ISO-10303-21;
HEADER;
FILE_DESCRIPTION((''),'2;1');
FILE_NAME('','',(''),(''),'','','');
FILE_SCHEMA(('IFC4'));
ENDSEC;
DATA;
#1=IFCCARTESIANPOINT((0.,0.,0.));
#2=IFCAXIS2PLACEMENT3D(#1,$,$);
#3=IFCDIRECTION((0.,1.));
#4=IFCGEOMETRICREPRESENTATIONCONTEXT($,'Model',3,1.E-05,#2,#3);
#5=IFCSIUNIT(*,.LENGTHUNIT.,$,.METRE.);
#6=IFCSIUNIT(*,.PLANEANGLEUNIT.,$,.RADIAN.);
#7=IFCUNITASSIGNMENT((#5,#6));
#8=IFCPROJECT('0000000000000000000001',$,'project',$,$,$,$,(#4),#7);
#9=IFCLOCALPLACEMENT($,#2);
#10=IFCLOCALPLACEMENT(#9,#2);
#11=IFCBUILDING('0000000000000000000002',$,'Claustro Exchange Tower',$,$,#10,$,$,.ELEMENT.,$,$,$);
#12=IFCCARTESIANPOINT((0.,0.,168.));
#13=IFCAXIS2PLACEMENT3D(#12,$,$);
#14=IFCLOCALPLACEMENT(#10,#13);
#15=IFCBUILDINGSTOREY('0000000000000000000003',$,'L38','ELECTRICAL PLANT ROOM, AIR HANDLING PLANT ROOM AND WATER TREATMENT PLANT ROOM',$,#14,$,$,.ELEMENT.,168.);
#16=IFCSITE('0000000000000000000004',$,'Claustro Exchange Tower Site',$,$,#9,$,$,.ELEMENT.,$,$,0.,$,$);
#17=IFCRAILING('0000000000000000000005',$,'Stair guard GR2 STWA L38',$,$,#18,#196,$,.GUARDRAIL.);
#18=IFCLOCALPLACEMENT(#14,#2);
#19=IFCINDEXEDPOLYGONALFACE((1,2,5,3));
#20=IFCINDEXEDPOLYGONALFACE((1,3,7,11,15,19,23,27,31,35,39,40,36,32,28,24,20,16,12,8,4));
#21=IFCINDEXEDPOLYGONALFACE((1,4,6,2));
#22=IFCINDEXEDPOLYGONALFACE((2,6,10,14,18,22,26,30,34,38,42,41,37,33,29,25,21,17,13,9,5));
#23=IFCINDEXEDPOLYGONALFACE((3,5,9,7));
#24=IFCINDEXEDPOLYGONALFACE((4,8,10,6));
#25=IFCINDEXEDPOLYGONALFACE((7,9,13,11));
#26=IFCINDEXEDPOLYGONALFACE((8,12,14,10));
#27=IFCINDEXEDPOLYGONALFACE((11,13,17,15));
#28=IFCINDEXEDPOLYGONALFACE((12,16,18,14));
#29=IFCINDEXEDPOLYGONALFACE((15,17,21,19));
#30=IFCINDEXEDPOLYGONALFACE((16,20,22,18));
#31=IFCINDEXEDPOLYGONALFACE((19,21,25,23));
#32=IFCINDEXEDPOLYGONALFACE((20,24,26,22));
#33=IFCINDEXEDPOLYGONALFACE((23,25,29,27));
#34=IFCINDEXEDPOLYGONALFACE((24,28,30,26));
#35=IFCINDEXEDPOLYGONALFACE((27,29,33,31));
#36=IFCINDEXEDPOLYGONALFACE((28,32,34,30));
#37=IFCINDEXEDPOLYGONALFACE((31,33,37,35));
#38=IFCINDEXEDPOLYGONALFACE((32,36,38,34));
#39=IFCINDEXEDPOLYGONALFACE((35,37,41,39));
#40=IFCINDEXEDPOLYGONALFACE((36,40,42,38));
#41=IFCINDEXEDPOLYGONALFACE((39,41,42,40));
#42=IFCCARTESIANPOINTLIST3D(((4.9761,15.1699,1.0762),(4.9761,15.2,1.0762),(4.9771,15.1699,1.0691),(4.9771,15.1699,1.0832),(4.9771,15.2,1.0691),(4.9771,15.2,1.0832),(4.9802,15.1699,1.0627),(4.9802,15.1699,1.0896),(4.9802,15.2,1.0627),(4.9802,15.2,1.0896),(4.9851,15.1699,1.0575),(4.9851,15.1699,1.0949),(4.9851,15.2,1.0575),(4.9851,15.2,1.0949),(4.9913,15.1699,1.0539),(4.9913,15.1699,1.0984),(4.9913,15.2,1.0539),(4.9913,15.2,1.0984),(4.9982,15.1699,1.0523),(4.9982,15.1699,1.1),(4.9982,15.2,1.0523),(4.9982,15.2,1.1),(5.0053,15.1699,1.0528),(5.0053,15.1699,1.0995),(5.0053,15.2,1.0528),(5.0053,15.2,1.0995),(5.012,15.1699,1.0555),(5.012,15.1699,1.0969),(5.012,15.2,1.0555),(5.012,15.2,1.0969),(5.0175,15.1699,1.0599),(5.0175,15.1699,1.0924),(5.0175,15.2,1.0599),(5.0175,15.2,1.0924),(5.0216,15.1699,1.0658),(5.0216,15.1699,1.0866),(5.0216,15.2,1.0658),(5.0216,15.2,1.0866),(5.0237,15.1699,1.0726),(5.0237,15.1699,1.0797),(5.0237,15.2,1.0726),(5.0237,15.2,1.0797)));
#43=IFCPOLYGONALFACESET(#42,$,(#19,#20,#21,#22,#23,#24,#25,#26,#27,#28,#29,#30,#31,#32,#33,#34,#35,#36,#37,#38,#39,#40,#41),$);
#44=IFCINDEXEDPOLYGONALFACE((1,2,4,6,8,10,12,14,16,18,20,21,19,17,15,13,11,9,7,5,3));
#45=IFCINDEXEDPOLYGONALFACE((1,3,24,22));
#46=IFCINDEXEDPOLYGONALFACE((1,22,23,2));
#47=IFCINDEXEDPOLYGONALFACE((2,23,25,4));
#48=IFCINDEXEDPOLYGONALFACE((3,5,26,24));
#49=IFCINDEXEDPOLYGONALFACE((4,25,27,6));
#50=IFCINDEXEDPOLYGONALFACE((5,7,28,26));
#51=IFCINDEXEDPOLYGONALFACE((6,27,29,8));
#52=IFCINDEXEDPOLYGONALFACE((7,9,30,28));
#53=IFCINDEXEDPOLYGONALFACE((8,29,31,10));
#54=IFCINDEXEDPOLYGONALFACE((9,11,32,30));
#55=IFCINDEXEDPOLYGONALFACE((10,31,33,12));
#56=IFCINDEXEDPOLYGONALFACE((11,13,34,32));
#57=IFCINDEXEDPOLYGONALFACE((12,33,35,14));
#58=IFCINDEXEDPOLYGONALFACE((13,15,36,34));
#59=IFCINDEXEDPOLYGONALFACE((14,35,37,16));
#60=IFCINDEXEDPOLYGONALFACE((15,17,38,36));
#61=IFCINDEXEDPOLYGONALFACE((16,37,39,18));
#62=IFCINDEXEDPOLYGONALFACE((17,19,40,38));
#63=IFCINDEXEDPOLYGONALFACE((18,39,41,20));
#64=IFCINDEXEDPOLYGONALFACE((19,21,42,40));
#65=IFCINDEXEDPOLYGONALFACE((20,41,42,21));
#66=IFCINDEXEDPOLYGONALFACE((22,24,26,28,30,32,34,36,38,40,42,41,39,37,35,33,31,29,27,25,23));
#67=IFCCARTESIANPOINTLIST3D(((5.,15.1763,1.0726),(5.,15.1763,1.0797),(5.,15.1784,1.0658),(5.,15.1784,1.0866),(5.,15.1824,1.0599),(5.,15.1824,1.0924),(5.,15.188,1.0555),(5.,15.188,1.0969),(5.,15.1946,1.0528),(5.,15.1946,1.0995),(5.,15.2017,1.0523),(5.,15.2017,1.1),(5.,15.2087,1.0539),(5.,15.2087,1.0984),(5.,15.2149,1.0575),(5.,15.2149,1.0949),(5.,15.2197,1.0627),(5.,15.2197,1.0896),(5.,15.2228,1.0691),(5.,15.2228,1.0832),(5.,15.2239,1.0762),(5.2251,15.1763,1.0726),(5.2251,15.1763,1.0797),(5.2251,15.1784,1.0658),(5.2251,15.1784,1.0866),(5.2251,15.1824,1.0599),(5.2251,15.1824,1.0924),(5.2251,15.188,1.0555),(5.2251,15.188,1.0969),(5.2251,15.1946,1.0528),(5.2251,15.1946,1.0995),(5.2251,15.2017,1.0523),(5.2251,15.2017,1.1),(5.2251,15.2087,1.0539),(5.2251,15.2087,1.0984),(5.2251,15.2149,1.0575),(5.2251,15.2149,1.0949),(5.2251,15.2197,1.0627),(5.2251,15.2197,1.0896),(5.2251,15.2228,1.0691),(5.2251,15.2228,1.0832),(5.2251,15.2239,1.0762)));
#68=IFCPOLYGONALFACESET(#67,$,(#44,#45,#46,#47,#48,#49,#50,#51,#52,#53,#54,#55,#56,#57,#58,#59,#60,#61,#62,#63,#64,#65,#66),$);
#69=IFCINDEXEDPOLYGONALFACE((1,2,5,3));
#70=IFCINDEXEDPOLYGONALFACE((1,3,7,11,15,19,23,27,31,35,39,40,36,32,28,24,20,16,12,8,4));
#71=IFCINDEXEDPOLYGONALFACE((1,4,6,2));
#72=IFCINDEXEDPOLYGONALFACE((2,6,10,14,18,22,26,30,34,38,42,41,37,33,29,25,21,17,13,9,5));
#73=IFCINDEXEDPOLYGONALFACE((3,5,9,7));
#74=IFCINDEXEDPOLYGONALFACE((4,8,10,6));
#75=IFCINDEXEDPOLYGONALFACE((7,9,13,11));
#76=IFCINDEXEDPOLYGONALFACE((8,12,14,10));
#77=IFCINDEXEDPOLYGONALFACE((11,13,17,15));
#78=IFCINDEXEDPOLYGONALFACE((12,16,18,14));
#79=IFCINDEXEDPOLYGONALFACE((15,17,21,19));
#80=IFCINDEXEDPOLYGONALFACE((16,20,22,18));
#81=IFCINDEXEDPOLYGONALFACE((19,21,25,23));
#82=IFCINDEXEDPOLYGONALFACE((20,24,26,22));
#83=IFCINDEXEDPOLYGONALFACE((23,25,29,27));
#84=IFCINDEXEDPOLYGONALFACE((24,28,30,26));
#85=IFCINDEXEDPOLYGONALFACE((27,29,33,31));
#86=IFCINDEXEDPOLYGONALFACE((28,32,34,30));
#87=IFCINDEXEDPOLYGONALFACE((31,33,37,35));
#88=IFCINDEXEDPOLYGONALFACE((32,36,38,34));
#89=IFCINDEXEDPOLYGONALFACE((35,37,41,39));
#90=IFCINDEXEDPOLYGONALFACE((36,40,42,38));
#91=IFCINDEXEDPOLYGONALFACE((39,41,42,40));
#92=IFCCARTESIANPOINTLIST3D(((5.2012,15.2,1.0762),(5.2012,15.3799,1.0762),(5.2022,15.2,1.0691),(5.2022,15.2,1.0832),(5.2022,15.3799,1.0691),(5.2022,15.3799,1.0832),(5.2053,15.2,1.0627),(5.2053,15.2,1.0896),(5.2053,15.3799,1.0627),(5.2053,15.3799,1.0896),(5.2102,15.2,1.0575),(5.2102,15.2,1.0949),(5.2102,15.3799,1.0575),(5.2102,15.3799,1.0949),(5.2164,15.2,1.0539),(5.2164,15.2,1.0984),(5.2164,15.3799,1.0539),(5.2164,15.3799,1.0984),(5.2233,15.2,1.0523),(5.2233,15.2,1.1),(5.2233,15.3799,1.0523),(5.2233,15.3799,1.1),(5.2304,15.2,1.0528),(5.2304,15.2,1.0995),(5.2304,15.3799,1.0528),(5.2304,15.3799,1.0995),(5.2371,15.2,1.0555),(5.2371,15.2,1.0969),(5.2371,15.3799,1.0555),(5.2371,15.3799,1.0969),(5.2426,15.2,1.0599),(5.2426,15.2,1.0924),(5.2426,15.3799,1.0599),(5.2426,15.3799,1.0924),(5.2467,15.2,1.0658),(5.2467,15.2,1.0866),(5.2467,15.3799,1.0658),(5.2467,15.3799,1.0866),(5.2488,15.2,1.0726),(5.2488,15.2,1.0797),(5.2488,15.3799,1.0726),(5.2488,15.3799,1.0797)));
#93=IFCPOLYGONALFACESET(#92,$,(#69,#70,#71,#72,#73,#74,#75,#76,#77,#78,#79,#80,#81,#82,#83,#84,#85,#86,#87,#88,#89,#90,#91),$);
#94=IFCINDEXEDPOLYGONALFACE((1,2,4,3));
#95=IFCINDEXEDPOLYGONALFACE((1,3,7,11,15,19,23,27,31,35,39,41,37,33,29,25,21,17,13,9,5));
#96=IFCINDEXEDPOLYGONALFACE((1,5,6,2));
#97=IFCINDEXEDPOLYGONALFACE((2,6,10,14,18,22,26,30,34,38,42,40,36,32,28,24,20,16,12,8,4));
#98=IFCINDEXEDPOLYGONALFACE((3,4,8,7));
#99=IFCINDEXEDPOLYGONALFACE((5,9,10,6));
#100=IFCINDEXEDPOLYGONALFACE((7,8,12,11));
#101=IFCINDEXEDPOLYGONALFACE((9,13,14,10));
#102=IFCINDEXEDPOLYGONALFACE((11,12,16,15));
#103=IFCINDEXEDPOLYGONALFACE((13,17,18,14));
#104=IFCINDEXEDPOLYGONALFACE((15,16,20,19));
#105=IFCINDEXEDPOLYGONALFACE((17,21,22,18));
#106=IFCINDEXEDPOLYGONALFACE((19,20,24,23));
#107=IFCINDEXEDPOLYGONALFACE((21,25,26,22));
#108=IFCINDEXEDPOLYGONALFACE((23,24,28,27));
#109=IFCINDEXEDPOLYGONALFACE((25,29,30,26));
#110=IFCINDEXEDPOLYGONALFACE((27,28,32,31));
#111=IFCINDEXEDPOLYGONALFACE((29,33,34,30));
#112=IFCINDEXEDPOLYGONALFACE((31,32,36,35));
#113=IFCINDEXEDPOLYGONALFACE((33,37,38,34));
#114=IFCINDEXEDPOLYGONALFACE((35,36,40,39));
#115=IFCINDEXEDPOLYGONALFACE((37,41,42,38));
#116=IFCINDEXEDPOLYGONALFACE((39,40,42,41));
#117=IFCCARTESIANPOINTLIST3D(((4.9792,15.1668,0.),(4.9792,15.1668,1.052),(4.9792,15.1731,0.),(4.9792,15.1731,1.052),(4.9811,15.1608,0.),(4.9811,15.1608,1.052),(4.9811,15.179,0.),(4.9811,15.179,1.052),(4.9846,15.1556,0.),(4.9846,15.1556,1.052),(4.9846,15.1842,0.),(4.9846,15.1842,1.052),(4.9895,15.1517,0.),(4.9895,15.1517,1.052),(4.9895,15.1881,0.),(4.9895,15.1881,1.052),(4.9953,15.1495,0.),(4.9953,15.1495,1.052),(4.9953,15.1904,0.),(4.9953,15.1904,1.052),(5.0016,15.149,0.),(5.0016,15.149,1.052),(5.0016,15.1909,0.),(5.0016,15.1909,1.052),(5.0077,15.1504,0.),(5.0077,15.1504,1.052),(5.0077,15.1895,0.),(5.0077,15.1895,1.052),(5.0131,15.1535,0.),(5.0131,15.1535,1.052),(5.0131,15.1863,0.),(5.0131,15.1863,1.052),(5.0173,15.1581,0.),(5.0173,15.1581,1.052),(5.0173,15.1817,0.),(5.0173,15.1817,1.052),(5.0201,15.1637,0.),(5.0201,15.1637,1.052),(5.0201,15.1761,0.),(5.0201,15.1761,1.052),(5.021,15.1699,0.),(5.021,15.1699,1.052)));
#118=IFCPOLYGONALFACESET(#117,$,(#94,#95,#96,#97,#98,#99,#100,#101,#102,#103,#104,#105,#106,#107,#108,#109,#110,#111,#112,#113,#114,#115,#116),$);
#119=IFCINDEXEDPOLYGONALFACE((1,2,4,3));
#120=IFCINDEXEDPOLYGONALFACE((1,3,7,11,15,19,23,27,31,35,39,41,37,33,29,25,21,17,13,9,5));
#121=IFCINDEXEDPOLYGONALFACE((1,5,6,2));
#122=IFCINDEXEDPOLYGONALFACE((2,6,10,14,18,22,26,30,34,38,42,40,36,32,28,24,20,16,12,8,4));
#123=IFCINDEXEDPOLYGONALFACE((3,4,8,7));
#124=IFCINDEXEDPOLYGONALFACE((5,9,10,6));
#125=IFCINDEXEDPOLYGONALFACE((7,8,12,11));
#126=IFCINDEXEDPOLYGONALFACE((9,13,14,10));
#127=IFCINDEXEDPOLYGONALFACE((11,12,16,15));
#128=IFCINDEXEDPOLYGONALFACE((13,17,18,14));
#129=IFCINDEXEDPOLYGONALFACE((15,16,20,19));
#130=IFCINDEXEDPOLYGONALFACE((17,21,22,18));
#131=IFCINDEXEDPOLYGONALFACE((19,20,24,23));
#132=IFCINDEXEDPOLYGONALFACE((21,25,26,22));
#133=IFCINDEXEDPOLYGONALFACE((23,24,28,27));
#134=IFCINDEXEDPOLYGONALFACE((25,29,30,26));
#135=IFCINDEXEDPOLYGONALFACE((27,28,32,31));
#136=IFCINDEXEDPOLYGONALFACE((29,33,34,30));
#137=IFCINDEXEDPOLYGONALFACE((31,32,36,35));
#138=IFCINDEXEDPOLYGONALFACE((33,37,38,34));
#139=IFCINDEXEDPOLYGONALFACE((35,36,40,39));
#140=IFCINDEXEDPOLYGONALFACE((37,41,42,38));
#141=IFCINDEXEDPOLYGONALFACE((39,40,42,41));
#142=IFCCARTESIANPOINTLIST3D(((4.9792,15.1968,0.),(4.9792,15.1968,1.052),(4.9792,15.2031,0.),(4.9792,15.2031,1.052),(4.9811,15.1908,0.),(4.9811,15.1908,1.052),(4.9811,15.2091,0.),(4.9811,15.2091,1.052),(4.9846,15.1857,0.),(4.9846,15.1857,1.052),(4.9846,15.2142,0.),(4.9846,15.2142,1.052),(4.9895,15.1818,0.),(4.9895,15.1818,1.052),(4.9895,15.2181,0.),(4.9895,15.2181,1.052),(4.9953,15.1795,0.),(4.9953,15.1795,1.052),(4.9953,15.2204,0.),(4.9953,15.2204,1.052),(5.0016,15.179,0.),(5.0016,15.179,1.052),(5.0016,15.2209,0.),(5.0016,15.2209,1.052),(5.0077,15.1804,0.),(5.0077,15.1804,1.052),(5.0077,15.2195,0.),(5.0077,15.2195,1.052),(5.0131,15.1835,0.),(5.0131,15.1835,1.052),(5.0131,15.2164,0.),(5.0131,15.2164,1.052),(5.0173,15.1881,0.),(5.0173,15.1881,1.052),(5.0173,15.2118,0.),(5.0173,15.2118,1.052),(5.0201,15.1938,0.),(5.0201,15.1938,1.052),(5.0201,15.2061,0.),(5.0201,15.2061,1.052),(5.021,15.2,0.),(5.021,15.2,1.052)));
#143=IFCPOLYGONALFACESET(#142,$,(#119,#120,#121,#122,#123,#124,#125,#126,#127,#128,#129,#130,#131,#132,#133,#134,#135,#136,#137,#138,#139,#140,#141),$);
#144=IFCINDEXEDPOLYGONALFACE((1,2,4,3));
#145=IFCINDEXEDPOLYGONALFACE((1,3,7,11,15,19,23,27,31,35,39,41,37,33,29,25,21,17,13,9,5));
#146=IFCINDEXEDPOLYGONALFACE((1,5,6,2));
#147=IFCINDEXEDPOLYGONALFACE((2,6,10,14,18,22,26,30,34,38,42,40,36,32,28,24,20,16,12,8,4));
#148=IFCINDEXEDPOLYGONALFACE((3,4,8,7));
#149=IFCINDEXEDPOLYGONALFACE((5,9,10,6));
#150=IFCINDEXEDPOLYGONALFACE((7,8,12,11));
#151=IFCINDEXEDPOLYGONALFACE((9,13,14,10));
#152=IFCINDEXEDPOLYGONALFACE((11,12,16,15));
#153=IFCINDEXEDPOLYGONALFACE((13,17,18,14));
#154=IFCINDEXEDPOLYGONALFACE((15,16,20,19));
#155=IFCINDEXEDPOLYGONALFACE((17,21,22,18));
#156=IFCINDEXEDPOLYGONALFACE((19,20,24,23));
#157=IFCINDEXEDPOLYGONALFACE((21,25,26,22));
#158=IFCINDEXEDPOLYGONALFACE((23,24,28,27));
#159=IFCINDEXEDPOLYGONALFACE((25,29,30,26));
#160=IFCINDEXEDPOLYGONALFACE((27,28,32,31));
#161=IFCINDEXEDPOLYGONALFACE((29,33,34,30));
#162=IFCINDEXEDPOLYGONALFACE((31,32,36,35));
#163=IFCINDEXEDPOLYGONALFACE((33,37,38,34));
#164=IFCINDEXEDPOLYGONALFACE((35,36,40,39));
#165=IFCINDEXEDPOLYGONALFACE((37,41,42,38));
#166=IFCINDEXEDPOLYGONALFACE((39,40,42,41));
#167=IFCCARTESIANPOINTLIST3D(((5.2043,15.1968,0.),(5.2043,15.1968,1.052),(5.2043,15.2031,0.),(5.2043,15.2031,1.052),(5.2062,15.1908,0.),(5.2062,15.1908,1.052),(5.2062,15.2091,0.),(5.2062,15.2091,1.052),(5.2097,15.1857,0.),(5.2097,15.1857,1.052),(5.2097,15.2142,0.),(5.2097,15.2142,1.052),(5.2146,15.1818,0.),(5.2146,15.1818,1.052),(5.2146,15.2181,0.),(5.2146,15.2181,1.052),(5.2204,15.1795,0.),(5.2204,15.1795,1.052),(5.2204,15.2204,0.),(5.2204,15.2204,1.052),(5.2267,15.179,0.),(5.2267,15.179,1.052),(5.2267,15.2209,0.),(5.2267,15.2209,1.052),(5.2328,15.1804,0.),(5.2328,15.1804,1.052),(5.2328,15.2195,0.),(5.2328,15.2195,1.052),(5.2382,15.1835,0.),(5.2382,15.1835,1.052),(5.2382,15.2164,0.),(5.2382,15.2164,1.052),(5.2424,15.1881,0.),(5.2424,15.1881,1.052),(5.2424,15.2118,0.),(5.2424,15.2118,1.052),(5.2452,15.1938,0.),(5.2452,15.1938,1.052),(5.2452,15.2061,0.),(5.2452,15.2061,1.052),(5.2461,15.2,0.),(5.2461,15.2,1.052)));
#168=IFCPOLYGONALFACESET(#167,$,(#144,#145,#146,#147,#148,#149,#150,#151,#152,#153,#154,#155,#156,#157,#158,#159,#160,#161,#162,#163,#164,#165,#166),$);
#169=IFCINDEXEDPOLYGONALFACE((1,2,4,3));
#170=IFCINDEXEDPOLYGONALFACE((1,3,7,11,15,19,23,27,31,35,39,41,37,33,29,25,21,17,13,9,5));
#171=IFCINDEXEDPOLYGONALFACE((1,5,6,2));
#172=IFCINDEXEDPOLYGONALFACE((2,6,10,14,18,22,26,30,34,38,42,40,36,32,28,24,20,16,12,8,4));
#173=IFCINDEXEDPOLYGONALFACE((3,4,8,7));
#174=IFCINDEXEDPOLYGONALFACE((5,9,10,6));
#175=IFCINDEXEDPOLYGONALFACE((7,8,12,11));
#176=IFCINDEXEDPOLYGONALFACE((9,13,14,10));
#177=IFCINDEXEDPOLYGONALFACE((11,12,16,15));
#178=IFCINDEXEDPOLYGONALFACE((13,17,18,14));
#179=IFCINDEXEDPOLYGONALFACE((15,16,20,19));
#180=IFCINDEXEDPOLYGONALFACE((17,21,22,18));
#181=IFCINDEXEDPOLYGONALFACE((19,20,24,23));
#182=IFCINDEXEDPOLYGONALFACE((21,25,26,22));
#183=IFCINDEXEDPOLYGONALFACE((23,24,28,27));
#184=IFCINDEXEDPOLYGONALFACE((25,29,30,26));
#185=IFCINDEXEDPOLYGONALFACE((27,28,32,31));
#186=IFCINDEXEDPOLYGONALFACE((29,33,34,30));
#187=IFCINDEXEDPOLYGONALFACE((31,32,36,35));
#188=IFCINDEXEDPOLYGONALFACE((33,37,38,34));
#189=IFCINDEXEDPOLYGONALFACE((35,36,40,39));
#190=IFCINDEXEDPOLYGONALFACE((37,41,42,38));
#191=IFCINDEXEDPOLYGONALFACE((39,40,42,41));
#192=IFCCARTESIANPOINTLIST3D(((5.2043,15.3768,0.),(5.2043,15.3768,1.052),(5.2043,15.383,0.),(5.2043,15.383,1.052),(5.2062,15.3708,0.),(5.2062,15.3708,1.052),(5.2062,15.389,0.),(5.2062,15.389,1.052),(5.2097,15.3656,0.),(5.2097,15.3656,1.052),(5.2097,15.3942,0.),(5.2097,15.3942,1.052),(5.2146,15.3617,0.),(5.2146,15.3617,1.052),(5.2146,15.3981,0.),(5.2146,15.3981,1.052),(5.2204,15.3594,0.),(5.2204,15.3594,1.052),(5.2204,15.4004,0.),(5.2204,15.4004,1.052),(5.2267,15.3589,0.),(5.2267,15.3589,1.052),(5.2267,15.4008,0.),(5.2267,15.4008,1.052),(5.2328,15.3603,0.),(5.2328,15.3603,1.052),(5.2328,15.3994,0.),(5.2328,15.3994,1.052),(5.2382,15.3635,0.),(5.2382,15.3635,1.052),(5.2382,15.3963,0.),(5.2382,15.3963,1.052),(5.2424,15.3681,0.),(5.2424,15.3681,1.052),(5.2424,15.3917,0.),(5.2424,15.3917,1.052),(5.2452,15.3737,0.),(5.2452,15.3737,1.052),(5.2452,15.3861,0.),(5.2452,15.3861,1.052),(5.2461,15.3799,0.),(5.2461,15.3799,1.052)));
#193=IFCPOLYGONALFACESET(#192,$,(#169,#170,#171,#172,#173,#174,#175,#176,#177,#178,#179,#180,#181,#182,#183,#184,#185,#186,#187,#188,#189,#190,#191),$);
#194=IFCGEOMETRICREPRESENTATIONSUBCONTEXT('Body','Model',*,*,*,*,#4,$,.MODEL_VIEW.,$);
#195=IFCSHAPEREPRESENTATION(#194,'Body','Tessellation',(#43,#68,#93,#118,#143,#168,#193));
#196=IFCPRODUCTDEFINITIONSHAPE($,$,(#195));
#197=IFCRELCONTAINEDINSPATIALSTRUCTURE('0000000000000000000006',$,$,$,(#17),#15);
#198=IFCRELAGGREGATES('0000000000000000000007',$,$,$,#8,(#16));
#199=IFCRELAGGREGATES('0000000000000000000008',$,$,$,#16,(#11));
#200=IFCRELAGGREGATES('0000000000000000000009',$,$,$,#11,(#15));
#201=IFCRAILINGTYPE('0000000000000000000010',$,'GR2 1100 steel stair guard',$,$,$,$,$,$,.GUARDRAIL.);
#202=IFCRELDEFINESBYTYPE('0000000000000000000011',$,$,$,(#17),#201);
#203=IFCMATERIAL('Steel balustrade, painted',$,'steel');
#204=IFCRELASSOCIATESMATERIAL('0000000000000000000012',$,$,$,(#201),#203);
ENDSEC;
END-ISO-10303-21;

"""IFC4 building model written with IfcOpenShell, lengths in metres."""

from ifc_helpers import new_model, si_unit, direction, frame, origin, origin_2d, place, context, subcontext, project, spatial, circle, extrude, material, type_object, element, save


model = new_model("IFC4")

# Units and contexts
model_context = context("Model", 3, precision=1e-05, world=origin(), true_north=direction((0.0, 1.0)))
body_context = subcontext(model_context, "Body", "Model", "MODEL_VIEW")
ifc_project = project(units=[si_unit("LENGTHUNIT", "METRE"), si_unit("PLANEANGLEUNIT", "RADIAN")], contexts=[model_context])

# Site, building, storey
site_placement = place(None, origin())
site = spatial("IfcSite", under=ifc_project, at=site_placement, Name="Claustro Exchange Tower Site", CompositionType="ELEMENT", RefElevation=0.0)
building_placement = place(site_placement, origin())
building = spatial("IfcBuilding", under=site, at=building_placement, Name="Claustro Exchange Tower", CompositionType="ELEMENT")
storey_placement = place(building_placement, frame((0.0, 0.0, 168.0)))
storey = spatial("IfcBuildingStorey", under=building, at=storey_placement, Name="L38", Description="ELECTRICAL PLANT ROOM, AIR HANDLING PLANT ROOM AND WATER TREATMENT PLANT ROOM", CompositionType="ELEMENT", Elevation=168.0)

# Railing
ifc_material_1 = material(Name="Steel balustrade, painted", Category="steel")
railing_type_1 = type_object("IfcRailingType", Name="GR2 1100 steel stair guard", PredefinedType="GUARDRAIL", material=ifc_material_1)
railing_1_placement = place(storey_placement, frame((5.0, 15.1699, 0.0)))
element("IfcRailing", 1, at=railing_1_placement, inside=storey, type_object=railing_type_1, Name="Stair guard GR2 STWA L38", PredefinedType="GUARDRAIL", context=body_context, shape_type="SweptSolid", body=[
    extrude(circle(Radius=0.0239, at=origin_2d()), frame((0.0, 0.0, 1.0762), z_axis=(0.0, 1.0, 0.0), x_axis=(-1.0, 0.0, 0.0)), (0.0, 0.0, 1.0), 0.03),
    extrude(circle(Radius=0.0239, at=origin_2d()), frame((0.0, 0.03, 1.0762), z_axis=(1.0, 0.0, 0.0), x_axis=(0.0, 1.0, 0.0)), (0.0, 0.0, 1.0), 0.2251),
    extrude(circle(Radius=0.0239, at=origin_2d()), frame((0.2251, 0.03, 1.0762), z_axis=(0.0, 1.0, 0.0), x_axis=(-1.0, 0.0, 0.0)), (0.0, 0.0, 1.0), 0.1799),
    extrude(circle(Radius=0.021, at=origin_2d()), origin(), (0.0, 0.0, 1.0), 1.052),
    extrude(circle(Radius=0.021, at=origin_2d()), frame((0.0, 0.03, 0.0)), (0.0, 0.0, 1.0), 1.052),
    extrude(circle(Radius=0.021, at=origin_2d()), frame((0.2251, 0.03, 0.0)), (0.0, 0.0, 1.0), 1.052),
    extrude(circle(Radius=0.021, at=origin_2d()), frame((0.2251, 0.21, 0.0)), (0.0, 0.0, 1.0), 1.052),
])

save(model, "model.ifc")
